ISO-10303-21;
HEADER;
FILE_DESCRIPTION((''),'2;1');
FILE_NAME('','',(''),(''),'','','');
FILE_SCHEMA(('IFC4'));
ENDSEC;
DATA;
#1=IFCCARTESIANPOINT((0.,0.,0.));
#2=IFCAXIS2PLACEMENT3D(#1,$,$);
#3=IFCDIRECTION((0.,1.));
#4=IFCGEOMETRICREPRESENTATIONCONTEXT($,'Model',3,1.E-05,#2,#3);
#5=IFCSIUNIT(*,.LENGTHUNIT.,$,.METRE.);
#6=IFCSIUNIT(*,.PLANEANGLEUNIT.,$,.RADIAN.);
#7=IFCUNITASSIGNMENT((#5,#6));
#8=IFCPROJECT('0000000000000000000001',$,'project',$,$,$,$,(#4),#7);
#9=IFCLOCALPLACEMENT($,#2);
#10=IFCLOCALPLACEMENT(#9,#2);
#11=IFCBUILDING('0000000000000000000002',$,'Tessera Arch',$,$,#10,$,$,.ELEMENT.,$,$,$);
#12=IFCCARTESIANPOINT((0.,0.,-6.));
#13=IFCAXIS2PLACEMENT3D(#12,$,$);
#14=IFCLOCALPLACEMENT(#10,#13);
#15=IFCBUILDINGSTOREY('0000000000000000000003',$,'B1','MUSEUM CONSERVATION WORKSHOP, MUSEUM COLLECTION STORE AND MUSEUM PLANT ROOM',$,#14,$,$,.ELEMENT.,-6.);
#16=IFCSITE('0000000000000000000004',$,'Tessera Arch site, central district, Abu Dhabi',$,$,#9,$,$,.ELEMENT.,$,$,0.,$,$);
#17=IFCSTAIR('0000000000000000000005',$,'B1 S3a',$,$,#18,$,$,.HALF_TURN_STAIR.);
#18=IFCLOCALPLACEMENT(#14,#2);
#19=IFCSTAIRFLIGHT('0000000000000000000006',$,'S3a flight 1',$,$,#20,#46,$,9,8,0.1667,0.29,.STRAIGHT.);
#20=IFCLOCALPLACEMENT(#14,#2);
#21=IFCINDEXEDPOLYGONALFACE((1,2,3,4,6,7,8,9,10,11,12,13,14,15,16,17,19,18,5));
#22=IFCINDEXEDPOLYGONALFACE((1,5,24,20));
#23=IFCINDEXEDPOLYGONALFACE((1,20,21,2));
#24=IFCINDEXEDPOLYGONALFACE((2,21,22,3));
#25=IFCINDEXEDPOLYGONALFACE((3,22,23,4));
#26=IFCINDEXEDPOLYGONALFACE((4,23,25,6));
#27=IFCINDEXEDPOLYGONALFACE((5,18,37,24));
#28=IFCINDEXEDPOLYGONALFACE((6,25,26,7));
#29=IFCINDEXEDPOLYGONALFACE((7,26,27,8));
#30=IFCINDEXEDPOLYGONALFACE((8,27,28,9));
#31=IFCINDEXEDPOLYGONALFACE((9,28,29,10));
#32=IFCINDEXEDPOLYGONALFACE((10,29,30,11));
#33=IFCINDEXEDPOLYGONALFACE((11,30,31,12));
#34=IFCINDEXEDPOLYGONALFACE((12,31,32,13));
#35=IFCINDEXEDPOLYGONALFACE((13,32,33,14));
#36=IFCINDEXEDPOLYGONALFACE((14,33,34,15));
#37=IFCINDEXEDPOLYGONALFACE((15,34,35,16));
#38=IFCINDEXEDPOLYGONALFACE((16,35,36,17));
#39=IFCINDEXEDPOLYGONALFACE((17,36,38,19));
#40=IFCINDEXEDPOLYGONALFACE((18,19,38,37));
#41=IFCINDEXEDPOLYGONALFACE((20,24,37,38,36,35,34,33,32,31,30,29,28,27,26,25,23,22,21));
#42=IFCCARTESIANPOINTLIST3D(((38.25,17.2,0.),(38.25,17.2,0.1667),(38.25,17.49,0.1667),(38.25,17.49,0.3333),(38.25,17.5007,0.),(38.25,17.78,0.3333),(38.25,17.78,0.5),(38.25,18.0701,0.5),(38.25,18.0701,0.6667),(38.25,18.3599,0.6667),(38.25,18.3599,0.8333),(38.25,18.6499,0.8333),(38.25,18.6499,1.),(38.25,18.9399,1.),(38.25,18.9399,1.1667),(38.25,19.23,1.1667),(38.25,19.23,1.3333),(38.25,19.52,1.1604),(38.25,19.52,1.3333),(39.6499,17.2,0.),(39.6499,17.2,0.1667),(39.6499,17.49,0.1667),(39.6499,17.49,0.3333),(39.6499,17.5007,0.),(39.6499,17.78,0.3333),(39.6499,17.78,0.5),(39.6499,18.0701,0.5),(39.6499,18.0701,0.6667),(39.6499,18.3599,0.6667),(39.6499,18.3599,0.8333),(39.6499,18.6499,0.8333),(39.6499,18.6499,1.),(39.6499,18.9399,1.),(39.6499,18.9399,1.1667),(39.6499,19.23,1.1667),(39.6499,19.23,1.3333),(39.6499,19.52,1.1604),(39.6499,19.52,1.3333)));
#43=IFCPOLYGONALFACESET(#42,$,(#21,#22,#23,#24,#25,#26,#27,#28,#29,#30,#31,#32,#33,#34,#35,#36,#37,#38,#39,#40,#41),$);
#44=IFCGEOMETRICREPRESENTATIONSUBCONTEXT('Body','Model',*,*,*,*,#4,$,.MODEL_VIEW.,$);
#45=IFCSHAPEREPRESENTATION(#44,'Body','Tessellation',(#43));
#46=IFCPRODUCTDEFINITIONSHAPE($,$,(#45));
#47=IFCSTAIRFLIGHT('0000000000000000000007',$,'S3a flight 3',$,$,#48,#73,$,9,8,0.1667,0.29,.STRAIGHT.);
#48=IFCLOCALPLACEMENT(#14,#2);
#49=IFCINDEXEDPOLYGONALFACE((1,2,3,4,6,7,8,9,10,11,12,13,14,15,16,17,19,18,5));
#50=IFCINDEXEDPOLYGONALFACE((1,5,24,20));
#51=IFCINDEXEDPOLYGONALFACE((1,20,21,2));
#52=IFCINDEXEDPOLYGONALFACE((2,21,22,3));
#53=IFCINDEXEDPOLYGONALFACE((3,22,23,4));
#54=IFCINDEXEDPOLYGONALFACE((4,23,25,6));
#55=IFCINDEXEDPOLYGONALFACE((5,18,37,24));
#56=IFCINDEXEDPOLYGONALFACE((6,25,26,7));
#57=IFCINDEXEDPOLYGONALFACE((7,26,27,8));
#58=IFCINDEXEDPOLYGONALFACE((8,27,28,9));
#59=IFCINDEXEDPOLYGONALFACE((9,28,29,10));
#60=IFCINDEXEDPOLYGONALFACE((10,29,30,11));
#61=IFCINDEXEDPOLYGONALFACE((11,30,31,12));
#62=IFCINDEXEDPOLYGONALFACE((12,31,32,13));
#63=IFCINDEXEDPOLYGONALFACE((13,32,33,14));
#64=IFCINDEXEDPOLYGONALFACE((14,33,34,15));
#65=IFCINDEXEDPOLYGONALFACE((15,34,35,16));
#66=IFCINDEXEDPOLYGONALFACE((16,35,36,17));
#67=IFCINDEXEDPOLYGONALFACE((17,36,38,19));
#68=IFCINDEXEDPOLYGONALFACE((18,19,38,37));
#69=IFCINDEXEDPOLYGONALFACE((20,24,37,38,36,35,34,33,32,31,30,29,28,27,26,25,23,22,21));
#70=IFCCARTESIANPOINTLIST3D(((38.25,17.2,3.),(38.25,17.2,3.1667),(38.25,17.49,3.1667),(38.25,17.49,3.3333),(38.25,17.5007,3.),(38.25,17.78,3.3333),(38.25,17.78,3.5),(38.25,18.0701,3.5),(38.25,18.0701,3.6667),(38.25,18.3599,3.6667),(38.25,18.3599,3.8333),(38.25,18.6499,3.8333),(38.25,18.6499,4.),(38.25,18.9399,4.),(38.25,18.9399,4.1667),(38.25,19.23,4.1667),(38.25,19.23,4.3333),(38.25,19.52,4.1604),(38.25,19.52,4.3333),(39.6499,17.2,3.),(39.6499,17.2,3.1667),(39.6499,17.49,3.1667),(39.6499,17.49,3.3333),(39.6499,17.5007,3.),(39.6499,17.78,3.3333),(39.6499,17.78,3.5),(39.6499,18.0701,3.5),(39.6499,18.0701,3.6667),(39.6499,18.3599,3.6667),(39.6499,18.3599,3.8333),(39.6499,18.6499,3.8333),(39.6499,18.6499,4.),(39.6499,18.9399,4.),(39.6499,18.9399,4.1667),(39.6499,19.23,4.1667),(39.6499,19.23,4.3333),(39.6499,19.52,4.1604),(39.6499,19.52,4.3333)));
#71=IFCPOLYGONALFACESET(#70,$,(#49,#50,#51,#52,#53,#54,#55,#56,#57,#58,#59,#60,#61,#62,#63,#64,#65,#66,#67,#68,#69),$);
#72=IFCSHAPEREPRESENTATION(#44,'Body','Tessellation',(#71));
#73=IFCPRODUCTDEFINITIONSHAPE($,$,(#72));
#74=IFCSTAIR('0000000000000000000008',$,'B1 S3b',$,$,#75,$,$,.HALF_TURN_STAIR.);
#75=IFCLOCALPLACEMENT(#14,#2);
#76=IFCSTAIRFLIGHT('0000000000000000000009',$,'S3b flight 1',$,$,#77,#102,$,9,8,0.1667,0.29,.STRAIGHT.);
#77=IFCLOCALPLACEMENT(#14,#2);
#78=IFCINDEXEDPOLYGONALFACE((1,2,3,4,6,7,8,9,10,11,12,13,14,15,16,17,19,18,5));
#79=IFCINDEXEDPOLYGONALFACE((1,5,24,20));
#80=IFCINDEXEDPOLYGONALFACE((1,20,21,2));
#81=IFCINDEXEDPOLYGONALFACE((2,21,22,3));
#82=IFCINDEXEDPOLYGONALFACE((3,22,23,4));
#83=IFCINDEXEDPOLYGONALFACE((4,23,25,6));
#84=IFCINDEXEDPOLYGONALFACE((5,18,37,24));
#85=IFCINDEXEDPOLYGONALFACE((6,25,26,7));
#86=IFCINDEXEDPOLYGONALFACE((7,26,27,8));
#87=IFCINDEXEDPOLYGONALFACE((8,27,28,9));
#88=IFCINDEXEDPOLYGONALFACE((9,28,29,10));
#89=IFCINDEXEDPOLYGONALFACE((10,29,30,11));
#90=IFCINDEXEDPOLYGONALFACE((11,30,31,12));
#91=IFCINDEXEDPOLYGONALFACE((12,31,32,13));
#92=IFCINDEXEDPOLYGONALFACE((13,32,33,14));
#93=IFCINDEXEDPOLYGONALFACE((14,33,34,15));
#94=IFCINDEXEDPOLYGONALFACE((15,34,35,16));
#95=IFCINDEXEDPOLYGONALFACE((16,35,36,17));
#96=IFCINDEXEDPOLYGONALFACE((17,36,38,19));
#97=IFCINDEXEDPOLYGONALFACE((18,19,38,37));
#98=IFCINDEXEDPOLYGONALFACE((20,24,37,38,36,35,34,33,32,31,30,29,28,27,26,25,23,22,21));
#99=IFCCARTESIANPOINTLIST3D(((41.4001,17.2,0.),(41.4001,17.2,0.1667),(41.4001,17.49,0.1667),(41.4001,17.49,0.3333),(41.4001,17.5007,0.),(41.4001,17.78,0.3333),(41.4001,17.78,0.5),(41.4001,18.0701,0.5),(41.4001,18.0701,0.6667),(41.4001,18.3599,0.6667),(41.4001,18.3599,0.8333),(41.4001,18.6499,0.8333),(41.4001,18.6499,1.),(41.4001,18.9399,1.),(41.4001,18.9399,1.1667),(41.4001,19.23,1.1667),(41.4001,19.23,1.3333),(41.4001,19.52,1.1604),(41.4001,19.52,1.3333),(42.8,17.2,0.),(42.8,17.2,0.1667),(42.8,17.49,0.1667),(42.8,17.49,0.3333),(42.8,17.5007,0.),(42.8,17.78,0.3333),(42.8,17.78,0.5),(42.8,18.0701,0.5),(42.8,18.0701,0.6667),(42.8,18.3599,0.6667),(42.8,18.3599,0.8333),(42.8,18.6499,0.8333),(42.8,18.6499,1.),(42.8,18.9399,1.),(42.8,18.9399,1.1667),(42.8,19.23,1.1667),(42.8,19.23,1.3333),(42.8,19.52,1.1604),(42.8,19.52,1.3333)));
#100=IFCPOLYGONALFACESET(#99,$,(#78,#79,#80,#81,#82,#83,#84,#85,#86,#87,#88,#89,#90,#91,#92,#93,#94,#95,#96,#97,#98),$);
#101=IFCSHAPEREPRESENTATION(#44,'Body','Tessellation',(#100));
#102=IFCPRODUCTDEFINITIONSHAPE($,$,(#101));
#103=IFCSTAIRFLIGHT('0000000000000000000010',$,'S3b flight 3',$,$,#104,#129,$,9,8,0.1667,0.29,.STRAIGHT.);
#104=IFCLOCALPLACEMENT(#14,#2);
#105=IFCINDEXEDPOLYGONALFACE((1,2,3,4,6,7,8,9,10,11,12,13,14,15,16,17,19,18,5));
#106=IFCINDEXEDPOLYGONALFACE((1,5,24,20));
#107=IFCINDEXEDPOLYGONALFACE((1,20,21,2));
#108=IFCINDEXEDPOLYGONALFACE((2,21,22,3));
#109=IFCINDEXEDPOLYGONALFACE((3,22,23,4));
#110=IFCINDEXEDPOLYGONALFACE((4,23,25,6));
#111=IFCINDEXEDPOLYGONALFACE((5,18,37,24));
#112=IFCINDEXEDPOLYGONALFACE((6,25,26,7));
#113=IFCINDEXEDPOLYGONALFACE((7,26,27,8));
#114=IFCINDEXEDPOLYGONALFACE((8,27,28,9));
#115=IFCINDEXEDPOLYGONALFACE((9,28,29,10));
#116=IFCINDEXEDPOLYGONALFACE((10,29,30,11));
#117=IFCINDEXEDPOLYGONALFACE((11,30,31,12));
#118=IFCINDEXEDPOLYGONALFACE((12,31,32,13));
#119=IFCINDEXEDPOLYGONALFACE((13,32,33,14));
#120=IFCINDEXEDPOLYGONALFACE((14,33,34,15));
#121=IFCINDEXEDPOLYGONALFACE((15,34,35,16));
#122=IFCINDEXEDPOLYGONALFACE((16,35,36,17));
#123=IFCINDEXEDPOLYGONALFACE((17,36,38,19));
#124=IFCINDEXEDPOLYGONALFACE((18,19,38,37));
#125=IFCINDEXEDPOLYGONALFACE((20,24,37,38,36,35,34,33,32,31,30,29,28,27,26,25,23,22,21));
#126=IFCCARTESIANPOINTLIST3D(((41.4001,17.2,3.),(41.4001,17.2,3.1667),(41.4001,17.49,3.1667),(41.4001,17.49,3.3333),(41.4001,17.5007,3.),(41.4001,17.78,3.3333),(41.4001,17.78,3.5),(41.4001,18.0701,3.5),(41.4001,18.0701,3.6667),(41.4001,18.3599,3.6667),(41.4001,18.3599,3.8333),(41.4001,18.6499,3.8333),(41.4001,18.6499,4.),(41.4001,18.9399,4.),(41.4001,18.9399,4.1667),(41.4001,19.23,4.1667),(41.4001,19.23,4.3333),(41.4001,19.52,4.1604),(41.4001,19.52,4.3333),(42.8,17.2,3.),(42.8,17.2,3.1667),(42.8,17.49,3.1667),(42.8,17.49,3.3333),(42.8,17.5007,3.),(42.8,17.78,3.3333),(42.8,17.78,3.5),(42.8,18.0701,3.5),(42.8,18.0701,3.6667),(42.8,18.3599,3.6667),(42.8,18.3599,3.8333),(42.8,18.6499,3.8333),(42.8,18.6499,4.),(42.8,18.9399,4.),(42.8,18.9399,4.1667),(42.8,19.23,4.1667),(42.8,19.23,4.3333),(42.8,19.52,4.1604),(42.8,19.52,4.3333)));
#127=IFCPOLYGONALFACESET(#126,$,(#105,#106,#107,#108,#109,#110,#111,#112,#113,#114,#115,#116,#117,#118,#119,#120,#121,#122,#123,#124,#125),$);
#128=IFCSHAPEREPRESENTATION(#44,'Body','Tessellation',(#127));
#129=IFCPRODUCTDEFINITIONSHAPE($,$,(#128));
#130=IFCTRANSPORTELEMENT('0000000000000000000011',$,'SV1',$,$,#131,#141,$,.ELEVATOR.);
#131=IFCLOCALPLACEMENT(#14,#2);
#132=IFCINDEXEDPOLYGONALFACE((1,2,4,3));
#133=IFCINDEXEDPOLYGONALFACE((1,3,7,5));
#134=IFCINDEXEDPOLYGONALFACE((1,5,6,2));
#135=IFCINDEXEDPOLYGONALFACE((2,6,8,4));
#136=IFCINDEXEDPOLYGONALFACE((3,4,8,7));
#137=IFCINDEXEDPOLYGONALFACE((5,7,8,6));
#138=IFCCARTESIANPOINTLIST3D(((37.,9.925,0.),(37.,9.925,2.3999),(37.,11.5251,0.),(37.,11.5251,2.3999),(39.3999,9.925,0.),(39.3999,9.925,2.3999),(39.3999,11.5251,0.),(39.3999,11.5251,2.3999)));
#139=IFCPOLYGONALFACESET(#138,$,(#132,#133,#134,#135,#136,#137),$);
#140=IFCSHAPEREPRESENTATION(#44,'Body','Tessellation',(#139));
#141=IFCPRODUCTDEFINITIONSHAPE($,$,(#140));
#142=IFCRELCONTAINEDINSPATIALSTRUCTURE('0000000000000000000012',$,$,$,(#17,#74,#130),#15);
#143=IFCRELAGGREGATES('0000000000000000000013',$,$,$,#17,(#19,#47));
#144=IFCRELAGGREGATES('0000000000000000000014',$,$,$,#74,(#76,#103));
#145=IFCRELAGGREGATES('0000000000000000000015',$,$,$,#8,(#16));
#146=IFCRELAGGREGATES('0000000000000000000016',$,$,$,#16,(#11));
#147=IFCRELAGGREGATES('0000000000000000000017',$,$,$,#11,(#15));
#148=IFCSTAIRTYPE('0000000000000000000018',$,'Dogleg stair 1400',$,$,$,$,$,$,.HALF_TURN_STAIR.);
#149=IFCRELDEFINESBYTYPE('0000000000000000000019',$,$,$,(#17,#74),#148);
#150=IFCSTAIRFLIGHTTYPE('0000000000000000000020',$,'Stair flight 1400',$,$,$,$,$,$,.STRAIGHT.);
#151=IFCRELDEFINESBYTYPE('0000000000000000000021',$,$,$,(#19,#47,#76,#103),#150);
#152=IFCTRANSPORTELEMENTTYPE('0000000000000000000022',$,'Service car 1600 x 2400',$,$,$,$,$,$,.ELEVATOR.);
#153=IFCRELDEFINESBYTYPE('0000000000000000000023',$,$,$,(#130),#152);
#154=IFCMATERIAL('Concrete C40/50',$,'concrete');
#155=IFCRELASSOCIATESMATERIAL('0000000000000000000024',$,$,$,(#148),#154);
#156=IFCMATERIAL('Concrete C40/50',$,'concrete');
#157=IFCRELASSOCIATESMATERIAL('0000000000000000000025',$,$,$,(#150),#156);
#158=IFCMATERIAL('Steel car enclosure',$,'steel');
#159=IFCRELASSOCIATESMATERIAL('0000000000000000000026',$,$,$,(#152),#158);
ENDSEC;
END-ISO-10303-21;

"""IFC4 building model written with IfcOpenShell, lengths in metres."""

from ifc_helpers import new_model, si_unit, direction, frame, origin, origin_2d, place, context, subcontext, project, spatial, polyline, rectangle, outline, extrude, material, type_object, element, aggregate, save


model = new_model("IFC4")

# Units and contexts
model_context = context("Model", 3, precision=1e-05, world=origin(), true_north=direction((0.0, 1.0)))
body_context = subcontext(model_context, "Body", "Model", "MODEL_VIEW")
ifc_project = project(units=[si_unit("LENGTHUNIT", "METRE"), si_unit("PLANEANGLEUNIT", "RADIAN")], contexts=[model_context])

# Site, building, storey
site_placement = place(None, origin())
site = spatial("IfcSite", under=ifc_project, at=site_placement, Name="Tessera Arch site, central district, Abu Dhabi", CompositionType="ELEMENT", RefElevation=0.0)
building_placement = place(site_placement, origin())
building = spatial("IfcBuilding", under=site, at=building_placement, Name="Tessera Arch", CompositionType="ELEMENT")
storey_placement = place(building_placement, frame((0.0, 0.0, -6.0)))
storey = spatial("IfcBuildingStorey", under=building, at=storey_placement, Name="B1", Description="MUSEUM CONSERVATION WORKSHOP, MUSEUM COLLECTION STORE AND MUSEUM PLANT ROOM", CompositionType="ELEMENT", Elevation=-6.0)

# Stairs, stair flights
ifc_material_1 = material(Name="Concrete C40/50", Category="concrete")
stair_type = type_object("IfcStairType", Name="Dogleg stair 1400", PredefinedType="HALF_TURN_STAIR", material=ifc_material_1)
stair_1_placement = place(storey_placement, origin())
stair_1 = element("IfcStair", 1, at=stair_1_placement, inside=storey, type_object=stair_type, Name="B1 S3a", PredefinedType="HALF_TURN_STAIR")
ifc_material_2 = material(Name="Concrete C40/50", Category="concrete")
stair_flight_type = type_object("IfcStairFlightType", Name="Stair flight 1400", PredefinedType="STRAIGHT", material=ifc_material_2)
stair_flight_1_placement = place(storey_placement, frame((38.95, 17.2, 0.0), z_axis=(0.0, 0.0, 1.0), x_axis=(0.0, 1.0, 0.0)))
stair_flight_1 = element("IfcStairFlight", 2, at=stair_flight_1_placement, type_object=stair_flight_type, Name="S3a flight 1", NumberOfRisers=9, NumberOfTreads=8, PredefinedType="STRAIGHT", RiserHeight=0.1667, TreadLength=0.29, context=body_context, shape_type="SweptSolid", body=[
    extrude(outline(polyline([(0.0, 0.0), (0.0, 0.1667), (0.29, 0.1667), (0.29, 0.3333), (0.5801, 0.3333), (0.5801, 0.5), (0.8701, 0.5), (0.8701, 0.6667), (1.1599, 0.6667), (1.1599, 0.8333), (1.45, 0.8333), (1.45, 1.0), (1.74, 1.0), (1.74, 1.1667), (2.03, 1.1667), (2.03, 1.3333), (2.3201, 1.3333), (2.3201, 1.5), (2.3201, 1.1604), (0.3008, 0.0), (0.0, 0.0)])), frame((0.0, 0.7, 0.0), z_axis=(0.0, -1.0, 0.0), x_axis=(1.0, 0.0, 0.0)), (0.0, 0.0, 1.0), 1.3999),
])
stair_flight_2_placement = place(storey_placement, frame((38.95, 17.2, 3.0), z_axis=(0.0, 0.0, 1.0), x_axis=(0.0, 1.0, 0.0)))
stair_flight_2 = element("IfcStairFlight", 3, at=stair_flight_2_placement, type_object=stair_flight_type, Name="S3a flight 3", NumberOfRisers=9, NumberOfTreads=8, PredefinedType="STRAIGHT", RiserHeight=0.1667, TreadLength=0.29, context=body_context, shape_type="SweptSolid", body=[
    extrude(outline(polyline([(0.0, 0.0), (0.0, 0.1667), (0.29, 0.1667), (0.29, 0.3333), (0.5801, 0.3333), (0.5801, 0.5), (0.8701, 0.5), (0.8701, 0.6667), (1.1599, 0.6667), (1.1599, 0.8333), (1.45, 0.8333), (1.45, 1.0), (1.74, 1.0), (1.74, 1.1667), (2.03, 1.1667), (2.03, 1.3333), (2.3201, 1.3333), (2.3201, 1.5), (2.3201, 1.1604), (0.3008, 0.0), (0.0, 0.0)])), frame((0.0, 0.7, 0.0), z_axis=(0.0, -1.0, 0.0), x_axis=(1.0, 0.0, 0.0)), (0.0, 0.0, 1.0), 1.3999),
])
aggregate(stair_1, [stair_flight_1, stair_flight_2])
stair_2_placement = place(storey_placement, origin())
stair_2 = element("IfcStair", 4, at=stair_2_placement, inside=storey, type_object=stair_type, Name="B1 S3b", PredefinedType="HALF_TURN_STAIR")
stair_flight_3_placement = place(storey_placement, frame((42.1001, 17.2, 0.0), z_axis=(0.0, 0.0, 1.0), x_axis=(0.0, 1.0, 0.0)))
stair_flight_3 = element("IfcStairFlight", 5, at=stair_flight_3_placement, type_object=stair_flight_type, Name="S3b flight 1", NumberOfRisers=9, NumberOfTreads=8, PredefinedType="STRAIGHT", RiserHeight=0.1667, TreadLength=0.29, context=body_context, shape_type="SweptSolid", body=[
    extrude(outline(polyline([(0.0, 0.0), (0.0, 0.1667), (0.29, 0.1667), (0.29, 0.3333), (0.5801, 0.3333), (0.5801, 0.5), (0.8701, 0.5), (0.8701, 0.6667), (1.1599, 0.6667), (1.1599, 0.8333), (1.45, 0.8333), (1.45, 1.0), (1.74, 1.0), (1.74, 1.1667), (2.03, 1.1667), (2.03, 1.3333), (2.3201, 1.3333), (2.3201, 1.5), (2.3201, 1.1604), (0.3008, 0.0), (0.0, 0.0)])), frame((0.0, 0.7, 0.0), z_axis=(0.0, -1.0, 0.0), x_axis=(1.0, 0.0, 0.0)), (0.0, 0.0, 1.0), 1.3999),
])
stair_flight_4_placement = place(storey_placement, frame((42.1001, 17.2, 3.0), z_axis=(0.0, 0.0, 1.0), x_axis=(0.0, 1.0, 0.0)))
stair_flight_4 = element("IfcStairFlight", 6, at=stair_flight_4_placement, type_object=stair_flight_type, Name="S3b flight 3", NumberOfRisers=9, NumberOfTreads=8, PredefinedType="STRAIGHT", RiserHeight=0.1667, TreadLength=0.29, context=body_context, shape_type="SweptSolid", body=[
    extrude(outline(polyline([(0.0, 0.0), (0.0, 0.1667), (0.29, 0.1667), (0.29, 0.3333), (0.5801, 0.3333), (0.5801, 0.5), (0.8701, 0.5), (0.8701, 0.6667), (1.1599, 0.6667), (1.1599, 0.8333), (1.45, 0.8333), (1.45, 1.0), (1.74, 1.0), (1.74, 1.1667), (2.03, 1.1667), (2.03, 1.3333), (2.3201, 1.3333), (2.3201, 1.5), (2.3201, 1.1604), (0.3008, 0.0), (0.0, 0.0)])), frame((0.0, 0.7, 0.0), z_axis=(0.0, -1.0, 0.0), x_axis=(1.0, 0.0, 0.0)), (0.0, 0.0, 1.0), 1.3999),
])
aggregate(stair_2, [stair_flight_3, stair_flight_4])

# Transport element
ifc_material_3 = material(Name="Steel car enclosure", Category="steel")
transport_element_type = type_object("IfcTransportElementType", Name="Service car 1600 x 2400", PredefinedType="ELEVATOR", material=ifc_material_3)
transport_element_placement = place(storey_placement, frame((38.2, 10.7251, 0.0), z_axis=(0.0, 0.0, 1.0), x_axis=(0.0, 1.0, 0.0)))
element("IfcTransportElement", 7, at=transport_element_placement, inside=storey, type_object=transport_element_type, Name="SV1", PredefinedType="ELEVATOR", context=body_context, shape_type="SweptSolid", body=[
    extrude(rectangle(XDim=1.6001, YDim=2.3999, at=origin_2d()), origin(), (0.0, 0.0, 1.0), 2.3999),
])

save(model, "model.ifc")
